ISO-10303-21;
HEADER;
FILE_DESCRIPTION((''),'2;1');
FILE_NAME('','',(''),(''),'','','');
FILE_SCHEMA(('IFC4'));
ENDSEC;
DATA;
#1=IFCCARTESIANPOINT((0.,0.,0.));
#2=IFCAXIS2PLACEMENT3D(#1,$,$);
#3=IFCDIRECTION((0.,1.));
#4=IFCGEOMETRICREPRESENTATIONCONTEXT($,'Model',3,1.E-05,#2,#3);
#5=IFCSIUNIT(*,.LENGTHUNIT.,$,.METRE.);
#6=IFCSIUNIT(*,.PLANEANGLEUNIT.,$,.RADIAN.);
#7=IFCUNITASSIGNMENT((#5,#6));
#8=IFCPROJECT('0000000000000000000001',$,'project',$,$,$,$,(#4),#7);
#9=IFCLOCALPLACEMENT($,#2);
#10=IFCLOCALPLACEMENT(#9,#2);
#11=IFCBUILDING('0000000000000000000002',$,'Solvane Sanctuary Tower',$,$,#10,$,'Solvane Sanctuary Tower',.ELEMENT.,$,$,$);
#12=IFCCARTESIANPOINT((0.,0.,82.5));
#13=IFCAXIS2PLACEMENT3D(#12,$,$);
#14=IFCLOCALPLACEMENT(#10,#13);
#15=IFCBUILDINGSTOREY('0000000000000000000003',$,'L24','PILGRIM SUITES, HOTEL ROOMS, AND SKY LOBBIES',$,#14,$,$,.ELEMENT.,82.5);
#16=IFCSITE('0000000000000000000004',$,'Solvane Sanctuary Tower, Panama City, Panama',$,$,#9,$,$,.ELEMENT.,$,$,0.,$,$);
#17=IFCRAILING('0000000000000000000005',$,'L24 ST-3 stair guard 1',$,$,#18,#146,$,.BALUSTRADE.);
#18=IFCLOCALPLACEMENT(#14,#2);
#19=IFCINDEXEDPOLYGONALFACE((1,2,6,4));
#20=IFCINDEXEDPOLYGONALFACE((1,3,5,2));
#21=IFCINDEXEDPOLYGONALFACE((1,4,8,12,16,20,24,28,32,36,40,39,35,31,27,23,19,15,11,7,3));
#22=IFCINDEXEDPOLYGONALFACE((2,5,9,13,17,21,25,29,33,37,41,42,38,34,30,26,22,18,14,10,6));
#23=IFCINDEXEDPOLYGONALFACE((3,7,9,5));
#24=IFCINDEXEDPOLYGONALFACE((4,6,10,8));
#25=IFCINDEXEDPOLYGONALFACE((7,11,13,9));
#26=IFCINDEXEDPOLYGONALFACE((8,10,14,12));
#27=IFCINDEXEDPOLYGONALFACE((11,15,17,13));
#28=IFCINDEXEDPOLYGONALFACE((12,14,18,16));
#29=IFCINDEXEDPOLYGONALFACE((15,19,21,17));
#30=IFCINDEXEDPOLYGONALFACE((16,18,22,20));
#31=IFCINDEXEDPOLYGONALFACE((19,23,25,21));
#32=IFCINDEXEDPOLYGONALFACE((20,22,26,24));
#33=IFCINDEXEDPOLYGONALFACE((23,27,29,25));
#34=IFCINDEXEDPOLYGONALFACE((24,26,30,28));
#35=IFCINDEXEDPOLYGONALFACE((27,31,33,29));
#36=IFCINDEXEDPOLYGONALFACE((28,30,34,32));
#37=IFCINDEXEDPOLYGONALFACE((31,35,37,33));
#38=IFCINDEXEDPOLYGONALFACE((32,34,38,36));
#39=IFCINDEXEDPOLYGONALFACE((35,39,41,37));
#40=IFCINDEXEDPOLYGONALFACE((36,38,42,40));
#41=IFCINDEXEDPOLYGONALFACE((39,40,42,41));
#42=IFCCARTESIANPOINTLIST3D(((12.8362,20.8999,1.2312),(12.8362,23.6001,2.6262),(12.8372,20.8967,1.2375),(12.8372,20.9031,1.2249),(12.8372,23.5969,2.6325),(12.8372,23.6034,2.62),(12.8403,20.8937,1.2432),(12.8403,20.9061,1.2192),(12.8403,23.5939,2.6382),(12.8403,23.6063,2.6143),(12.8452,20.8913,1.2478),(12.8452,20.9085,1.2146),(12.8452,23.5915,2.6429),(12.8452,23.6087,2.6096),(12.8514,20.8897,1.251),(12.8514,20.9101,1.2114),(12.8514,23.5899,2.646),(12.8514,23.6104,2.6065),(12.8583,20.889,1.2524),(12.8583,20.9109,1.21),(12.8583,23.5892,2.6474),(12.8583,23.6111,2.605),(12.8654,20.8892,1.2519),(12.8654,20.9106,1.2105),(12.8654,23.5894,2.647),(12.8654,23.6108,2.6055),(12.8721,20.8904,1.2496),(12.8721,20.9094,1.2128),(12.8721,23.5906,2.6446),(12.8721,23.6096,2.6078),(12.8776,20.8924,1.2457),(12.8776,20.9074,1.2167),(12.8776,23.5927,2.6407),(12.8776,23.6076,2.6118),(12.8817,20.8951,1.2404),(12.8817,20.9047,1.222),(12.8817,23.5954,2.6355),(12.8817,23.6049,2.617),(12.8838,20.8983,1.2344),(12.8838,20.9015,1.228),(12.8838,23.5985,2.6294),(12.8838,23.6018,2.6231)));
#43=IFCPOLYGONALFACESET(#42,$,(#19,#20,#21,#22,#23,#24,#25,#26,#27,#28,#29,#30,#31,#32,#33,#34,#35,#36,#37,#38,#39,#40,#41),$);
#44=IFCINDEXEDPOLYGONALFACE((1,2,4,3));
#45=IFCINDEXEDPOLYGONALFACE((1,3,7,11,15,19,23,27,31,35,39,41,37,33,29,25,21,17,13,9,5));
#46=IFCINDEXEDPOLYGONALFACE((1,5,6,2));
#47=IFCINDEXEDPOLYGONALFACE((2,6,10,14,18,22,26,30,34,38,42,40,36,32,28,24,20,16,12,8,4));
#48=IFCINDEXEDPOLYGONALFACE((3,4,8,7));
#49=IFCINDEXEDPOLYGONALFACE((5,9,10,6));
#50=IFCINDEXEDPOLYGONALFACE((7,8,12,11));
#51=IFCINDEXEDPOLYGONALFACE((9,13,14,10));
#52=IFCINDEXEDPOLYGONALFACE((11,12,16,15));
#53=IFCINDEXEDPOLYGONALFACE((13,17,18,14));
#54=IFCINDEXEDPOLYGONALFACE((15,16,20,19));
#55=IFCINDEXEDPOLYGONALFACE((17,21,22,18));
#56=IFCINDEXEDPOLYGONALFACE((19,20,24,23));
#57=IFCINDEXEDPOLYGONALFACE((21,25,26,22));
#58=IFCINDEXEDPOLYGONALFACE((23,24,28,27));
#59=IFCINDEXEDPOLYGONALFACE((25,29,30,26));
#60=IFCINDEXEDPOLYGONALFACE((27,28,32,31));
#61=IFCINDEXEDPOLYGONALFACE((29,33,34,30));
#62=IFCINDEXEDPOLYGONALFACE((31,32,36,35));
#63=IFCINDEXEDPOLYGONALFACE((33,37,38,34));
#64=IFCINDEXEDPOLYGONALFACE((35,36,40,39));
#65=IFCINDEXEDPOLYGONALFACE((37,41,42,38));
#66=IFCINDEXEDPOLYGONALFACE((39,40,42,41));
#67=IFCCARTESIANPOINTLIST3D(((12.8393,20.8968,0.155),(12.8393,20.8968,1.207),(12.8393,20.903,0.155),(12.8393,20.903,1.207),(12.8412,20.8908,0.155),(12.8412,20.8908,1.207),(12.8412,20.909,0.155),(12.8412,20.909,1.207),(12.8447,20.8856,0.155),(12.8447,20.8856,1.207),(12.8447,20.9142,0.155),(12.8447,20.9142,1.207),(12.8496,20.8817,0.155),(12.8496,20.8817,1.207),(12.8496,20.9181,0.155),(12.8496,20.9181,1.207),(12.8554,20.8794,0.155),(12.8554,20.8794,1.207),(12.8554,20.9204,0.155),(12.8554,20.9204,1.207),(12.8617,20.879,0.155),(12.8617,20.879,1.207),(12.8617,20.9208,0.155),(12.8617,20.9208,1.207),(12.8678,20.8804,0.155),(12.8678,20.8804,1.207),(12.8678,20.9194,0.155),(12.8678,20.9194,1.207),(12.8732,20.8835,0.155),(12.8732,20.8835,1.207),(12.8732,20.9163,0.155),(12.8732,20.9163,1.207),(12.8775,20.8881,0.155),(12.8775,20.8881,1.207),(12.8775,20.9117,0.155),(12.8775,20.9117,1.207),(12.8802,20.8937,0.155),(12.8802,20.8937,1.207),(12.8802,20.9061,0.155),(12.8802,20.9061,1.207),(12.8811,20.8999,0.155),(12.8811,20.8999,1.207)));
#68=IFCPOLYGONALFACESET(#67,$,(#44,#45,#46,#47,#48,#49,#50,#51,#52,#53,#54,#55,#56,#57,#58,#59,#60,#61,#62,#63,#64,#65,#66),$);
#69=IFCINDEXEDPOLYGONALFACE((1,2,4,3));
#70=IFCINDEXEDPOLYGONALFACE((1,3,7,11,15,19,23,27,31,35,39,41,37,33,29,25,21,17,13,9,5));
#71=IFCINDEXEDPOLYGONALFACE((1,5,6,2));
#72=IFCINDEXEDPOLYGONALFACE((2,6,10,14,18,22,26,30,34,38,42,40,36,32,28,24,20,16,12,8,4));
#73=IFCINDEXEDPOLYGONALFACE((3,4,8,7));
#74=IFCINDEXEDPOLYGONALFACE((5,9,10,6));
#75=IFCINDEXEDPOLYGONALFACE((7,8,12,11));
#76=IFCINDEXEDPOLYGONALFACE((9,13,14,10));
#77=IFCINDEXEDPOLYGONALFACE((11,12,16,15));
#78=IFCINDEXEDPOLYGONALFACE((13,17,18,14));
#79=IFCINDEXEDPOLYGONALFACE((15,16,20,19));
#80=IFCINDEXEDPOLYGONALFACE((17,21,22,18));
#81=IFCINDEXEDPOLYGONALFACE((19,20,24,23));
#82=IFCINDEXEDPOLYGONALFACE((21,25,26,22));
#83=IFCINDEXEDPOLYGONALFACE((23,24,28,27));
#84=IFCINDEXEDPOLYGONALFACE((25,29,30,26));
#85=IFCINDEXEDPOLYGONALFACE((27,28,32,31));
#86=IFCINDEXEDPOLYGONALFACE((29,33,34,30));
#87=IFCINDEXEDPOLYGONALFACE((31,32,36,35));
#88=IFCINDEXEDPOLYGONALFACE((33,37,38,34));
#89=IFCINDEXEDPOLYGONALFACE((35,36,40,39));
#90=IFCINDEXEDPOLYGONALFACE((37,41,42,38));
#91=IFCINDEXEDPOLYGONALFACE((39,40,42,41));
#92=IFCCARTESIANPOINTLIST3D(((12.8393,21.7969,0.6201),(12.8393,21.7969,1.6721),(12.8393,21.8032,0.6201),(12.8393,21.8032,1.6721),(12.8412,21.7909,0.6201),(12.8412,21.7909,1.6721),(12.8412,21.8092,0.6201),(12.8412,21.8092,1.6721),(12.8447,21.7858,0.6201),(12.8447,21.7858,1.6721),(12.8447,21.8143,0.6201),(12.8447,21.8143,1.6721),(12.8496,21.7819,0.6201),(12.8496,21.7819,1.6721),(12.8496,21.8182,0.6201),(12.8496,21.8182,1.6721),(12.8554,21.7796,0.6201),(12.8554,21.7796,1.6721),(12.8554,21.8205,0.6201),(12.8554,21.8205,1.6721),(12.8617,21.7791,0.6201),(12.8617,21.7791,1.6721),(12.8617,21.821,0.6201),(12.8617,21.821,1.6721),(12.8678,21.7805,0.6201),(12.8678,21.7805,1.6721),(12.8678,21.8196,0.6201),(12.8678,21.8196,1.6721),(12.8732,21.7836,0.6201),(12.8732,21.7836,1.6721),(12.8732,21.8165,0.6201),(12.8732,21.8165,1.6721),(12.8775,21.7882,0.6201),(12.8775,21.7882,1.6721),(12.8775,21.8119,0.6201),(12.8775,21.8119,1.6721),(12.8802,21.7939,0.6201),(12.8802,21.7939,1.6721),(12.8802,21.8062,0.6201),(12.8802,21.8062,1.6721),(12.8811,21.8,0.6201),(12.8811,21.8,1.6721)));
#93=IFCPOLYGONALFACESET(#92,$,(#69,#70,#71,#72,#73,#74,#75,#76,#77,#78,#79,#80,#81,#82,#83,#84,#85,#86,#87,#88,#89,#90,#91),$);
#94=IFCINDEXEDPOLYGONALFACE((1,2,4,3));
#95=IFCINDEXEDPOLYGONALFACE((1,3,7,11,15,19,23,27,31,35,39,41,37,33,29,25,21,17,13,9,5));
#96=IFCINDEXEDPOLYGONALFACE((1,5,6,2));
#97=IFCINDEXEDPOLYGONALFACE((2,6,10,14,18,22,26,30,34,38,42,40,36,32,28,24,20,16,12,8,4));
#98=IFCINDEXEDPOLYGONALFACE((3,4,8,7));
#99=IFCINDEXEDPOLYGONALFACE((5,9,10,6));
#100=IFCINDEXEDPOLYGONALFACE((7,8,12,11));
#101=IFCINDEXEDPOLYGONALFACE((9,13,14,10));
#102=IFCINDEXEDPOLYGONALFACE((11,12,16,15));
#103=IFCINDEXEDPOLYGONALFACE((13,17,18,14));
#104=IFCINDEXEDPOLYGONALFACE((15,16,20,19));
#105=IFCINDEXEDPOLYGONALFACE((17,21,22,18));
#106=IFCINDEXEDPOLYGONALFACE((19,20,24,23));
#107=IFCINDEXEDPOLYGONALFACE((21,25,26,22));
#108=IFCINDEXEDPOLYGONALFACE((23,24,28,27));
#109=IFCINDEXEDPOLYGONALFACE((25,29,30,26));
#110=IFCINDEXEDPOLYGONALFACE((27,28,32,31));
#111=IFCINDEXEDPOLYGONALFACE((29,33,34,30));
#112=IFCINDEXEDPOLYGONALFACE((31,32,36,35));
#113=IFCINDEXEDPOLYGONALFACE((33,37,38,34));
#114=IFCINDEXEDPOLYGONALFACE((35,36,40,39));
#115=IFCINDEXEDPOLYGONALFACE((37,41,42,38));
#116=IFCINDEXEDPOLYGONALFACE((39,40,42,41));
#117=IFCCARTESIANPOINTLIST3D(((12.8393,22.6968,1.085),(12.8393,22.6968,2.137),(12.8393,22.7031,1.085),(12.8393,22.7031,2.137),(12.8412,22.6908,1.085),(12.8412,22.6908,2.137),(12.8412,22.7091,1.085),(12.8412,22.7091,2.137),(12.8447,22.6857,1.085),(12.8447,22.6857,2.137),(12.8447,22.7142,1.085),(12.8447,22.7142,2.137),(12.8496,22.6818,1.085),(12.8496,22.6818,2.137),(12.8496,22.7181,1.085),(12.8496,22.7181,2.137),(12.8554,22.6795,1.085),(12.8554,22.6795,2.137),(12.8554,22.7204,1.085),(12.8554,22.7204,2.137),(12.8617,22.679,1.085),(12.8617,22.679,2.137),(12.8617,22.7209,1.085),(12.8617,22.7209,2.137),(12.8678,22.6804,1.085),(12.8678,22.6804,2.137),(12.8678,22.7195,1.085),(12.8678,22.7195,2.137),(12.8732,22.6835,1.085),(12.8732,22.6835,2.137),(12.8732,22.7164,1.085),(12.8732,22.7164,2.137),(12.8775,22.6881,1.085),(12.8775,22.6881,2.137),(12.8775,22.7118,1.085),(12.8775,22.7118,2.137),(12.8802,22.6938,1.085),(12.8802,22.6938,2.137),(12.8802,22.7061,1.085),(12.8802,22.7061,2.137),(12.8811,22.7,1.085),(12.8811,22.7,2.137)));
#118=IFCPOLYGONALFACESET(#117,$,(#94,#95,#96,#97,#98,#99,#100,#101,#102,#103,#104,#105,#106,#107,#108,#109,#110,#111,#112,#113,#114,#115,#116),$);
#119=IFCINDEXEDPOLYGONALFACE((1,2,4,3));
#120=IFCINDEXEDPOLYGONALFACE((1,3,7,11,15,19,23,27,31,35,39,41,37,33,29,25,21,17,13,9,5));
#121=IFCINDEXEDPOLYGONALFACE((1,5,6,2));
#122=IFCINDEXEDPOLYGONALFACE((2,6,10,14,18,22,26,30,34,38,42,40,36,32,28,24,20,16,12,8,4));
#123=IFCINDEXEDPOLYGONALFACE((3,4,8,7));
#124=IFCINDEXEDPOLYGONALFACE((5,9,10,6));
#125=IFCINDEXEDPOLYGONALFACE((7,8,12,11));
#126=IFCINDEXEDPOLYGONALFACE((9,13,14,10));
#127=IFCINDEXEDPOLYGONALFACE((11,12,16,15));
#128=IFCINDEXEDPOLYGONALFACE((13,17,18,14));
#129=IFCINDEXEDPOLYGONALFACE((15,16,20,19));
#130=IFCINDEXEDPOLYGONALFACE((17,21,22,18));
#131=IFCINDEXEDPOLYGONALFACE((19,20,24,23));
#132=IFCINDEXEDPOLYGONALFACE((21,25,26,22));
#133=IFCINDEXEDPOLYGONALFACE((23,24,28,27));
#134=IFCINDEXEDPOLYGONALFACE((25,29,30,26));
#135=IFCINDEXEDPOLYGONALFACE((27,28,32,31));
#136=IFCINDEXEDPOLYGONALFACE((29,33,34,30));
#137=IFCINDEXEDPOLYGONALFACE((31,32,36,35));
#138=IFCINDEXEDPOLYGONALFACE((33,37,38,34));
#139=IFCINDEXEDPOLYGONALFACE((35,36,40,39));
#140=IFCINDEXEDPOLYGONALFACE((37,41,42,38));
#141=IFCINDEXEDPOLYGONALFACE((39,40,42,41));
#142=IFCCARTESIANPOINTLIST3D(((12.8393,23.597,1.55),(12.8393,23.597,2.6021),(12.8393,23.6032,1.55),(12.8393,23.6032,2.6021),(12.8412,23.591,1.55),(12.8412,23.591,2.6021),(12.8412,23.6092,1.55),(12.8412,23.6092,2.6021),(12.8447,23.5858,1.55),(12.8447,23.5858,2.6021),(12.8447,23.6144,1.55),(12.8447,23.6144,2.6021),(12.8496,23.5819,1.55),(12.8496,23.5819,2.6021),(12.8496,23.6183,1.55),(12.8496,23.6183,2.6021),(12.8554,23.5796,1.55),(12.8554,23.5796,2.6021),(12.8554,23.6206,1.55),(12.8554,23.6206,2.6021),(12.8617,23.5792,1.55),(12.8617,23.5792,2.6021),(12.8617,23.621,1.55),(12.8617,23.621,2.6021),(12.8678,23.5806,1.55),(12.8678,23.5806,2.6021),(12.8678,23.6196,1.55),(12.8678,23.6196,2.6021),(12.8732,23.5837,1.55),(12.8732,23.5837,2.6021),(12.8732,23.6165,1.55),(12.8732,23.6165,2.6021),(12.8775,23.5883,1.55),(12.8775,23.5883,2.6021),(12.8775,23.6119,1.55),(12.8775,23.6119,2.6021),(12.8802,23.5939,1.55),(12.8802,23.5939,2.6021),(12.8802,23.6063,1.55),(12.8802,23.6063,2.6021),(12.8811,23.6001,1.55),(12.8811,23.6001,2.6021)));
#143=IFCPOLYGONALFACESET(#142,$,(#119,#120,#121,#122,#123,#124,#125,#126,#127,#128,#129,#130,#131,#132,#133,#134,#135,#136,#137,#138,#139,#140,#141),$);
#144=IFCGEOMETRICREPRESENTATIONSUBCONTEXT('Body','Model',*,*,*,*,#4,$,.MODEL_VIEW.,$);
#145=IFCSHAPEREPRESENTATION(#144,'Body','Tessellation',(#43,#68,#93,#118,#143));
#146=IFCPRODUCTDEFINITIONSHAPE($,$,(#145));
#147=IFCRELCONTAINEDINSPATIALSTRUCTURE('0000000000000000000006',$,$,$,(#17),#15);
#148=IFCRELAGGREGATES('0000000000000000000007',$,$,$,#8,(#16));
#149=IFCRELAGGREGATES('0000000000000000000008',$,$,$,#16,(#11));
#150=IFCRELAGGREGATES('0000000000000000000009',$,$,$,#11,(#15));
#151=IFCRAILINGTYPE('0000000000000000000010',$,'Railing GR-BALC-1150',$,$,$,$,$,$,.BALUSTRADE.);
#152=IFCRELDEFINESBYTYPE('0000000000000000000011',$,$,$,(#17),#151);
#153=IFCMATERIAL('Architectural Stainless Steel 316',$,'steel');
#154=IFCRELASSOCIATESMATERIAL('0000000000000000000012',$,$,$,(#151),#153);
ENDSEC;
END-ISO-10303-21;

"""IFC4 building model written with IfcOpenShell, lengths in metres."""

from ifc_helpers import new_model, si_unit, direction, frame, origin, origin_2d, place, context, subcontext, project, spatial, circle, extrude, material, type_object, element, save


model = new_model("IFC4")

# Units and contexts
model_context = context("Model", 3, precision=1e-05, world=origin(), true_north=direction((0.0, 1.0)))
body_context = subcontext(model_context, "Body", "Model", "MODEL_VIEW")
ifc_project = project(units=[si_unit("LENGTHUNIT", "METRE"), si_unit("PLANEANGLEUNIT", "RADIAN")], contexts=[model_context])

# Site, building, storey
site_placement = place(None, origin())
site = spatial("IfcSite", under=ifc_project, at=site_placement, Name="Solvane Sanctuary Tower, Panama City, Panama", CompositionType="ELEMENT", RefElevation=0.0)
building_placement = place(site_placement, origin())
building = spatial("IfcBuilding", under=site, at=building_placement, Name="Solvane Sanctuary Tower", LongName="Solvane Sanctuary Tower", CompositionType="ELEMENT")
storey_placement = place(building_placement, frame((0.0, 0.0, 82.5)))
storey = spatial("IfcBuildingStorey", under=building, at=storey_placement, Name="L24", Description="PILGRIM SUITES, HOTEL ROOMS, AND SKY LOBBIES", CompositionType="ELEMENT", Elevation=82.5)

# Shared definitions
ifc_material_1 = material(Name="Architectural Stainless Steel 316", Category="steel")

# Railing
railing_type_1 = type_object("IfcRailingType", Name="Railing GR-BALC-1150", PredefinedType="BALUSTRADE", material=ifc_material_1)
railing_1_placement = place(storey_placement, frame((12.8601, 20.8999, 0.155)))
element("IfcRailing", 1, at=railing_1_placement, inside=storey, type_object=railing_type_1, Name="L24 ST-3 stair guard 1", PredefinedType="BALUSTRADE", context=body_context, shape_type="SweptSolid", body=[
    extrude(circle(Radius=0.0239, at=origin_2d()), frame((0.0, 0.0, 1.0762), z_axis=(0.0, 0.888437, 0.458999), x_axis=(-1.0, 0.0, 0.0)), (0.0, 0.0, 1.0), 3.0393),
    extrude(circle(Radius=0.021, at=origin_2d()), origin(), (0.0, 0.0, 1.0), 1.052),
    extrude(circle(Radius=0.021, at=origin_2d()), frame((0.0, 0.9001, 0.4651)), (0.0, 0.0, 1.0), 1.052),
    extrude(circle(Radius=0.021, at=origin_2d()), frame((0.0, 1.8, 0.9299)), (0.0, 0.0, 1.0), 1.052),
    extrude(circle(Radius=0.021, at=origin_2d()), frame((0.0, 2.7002, 1.395)), (0.0, 0.0, 1.0), 1.052),
])

save(model, "model.ifc")
